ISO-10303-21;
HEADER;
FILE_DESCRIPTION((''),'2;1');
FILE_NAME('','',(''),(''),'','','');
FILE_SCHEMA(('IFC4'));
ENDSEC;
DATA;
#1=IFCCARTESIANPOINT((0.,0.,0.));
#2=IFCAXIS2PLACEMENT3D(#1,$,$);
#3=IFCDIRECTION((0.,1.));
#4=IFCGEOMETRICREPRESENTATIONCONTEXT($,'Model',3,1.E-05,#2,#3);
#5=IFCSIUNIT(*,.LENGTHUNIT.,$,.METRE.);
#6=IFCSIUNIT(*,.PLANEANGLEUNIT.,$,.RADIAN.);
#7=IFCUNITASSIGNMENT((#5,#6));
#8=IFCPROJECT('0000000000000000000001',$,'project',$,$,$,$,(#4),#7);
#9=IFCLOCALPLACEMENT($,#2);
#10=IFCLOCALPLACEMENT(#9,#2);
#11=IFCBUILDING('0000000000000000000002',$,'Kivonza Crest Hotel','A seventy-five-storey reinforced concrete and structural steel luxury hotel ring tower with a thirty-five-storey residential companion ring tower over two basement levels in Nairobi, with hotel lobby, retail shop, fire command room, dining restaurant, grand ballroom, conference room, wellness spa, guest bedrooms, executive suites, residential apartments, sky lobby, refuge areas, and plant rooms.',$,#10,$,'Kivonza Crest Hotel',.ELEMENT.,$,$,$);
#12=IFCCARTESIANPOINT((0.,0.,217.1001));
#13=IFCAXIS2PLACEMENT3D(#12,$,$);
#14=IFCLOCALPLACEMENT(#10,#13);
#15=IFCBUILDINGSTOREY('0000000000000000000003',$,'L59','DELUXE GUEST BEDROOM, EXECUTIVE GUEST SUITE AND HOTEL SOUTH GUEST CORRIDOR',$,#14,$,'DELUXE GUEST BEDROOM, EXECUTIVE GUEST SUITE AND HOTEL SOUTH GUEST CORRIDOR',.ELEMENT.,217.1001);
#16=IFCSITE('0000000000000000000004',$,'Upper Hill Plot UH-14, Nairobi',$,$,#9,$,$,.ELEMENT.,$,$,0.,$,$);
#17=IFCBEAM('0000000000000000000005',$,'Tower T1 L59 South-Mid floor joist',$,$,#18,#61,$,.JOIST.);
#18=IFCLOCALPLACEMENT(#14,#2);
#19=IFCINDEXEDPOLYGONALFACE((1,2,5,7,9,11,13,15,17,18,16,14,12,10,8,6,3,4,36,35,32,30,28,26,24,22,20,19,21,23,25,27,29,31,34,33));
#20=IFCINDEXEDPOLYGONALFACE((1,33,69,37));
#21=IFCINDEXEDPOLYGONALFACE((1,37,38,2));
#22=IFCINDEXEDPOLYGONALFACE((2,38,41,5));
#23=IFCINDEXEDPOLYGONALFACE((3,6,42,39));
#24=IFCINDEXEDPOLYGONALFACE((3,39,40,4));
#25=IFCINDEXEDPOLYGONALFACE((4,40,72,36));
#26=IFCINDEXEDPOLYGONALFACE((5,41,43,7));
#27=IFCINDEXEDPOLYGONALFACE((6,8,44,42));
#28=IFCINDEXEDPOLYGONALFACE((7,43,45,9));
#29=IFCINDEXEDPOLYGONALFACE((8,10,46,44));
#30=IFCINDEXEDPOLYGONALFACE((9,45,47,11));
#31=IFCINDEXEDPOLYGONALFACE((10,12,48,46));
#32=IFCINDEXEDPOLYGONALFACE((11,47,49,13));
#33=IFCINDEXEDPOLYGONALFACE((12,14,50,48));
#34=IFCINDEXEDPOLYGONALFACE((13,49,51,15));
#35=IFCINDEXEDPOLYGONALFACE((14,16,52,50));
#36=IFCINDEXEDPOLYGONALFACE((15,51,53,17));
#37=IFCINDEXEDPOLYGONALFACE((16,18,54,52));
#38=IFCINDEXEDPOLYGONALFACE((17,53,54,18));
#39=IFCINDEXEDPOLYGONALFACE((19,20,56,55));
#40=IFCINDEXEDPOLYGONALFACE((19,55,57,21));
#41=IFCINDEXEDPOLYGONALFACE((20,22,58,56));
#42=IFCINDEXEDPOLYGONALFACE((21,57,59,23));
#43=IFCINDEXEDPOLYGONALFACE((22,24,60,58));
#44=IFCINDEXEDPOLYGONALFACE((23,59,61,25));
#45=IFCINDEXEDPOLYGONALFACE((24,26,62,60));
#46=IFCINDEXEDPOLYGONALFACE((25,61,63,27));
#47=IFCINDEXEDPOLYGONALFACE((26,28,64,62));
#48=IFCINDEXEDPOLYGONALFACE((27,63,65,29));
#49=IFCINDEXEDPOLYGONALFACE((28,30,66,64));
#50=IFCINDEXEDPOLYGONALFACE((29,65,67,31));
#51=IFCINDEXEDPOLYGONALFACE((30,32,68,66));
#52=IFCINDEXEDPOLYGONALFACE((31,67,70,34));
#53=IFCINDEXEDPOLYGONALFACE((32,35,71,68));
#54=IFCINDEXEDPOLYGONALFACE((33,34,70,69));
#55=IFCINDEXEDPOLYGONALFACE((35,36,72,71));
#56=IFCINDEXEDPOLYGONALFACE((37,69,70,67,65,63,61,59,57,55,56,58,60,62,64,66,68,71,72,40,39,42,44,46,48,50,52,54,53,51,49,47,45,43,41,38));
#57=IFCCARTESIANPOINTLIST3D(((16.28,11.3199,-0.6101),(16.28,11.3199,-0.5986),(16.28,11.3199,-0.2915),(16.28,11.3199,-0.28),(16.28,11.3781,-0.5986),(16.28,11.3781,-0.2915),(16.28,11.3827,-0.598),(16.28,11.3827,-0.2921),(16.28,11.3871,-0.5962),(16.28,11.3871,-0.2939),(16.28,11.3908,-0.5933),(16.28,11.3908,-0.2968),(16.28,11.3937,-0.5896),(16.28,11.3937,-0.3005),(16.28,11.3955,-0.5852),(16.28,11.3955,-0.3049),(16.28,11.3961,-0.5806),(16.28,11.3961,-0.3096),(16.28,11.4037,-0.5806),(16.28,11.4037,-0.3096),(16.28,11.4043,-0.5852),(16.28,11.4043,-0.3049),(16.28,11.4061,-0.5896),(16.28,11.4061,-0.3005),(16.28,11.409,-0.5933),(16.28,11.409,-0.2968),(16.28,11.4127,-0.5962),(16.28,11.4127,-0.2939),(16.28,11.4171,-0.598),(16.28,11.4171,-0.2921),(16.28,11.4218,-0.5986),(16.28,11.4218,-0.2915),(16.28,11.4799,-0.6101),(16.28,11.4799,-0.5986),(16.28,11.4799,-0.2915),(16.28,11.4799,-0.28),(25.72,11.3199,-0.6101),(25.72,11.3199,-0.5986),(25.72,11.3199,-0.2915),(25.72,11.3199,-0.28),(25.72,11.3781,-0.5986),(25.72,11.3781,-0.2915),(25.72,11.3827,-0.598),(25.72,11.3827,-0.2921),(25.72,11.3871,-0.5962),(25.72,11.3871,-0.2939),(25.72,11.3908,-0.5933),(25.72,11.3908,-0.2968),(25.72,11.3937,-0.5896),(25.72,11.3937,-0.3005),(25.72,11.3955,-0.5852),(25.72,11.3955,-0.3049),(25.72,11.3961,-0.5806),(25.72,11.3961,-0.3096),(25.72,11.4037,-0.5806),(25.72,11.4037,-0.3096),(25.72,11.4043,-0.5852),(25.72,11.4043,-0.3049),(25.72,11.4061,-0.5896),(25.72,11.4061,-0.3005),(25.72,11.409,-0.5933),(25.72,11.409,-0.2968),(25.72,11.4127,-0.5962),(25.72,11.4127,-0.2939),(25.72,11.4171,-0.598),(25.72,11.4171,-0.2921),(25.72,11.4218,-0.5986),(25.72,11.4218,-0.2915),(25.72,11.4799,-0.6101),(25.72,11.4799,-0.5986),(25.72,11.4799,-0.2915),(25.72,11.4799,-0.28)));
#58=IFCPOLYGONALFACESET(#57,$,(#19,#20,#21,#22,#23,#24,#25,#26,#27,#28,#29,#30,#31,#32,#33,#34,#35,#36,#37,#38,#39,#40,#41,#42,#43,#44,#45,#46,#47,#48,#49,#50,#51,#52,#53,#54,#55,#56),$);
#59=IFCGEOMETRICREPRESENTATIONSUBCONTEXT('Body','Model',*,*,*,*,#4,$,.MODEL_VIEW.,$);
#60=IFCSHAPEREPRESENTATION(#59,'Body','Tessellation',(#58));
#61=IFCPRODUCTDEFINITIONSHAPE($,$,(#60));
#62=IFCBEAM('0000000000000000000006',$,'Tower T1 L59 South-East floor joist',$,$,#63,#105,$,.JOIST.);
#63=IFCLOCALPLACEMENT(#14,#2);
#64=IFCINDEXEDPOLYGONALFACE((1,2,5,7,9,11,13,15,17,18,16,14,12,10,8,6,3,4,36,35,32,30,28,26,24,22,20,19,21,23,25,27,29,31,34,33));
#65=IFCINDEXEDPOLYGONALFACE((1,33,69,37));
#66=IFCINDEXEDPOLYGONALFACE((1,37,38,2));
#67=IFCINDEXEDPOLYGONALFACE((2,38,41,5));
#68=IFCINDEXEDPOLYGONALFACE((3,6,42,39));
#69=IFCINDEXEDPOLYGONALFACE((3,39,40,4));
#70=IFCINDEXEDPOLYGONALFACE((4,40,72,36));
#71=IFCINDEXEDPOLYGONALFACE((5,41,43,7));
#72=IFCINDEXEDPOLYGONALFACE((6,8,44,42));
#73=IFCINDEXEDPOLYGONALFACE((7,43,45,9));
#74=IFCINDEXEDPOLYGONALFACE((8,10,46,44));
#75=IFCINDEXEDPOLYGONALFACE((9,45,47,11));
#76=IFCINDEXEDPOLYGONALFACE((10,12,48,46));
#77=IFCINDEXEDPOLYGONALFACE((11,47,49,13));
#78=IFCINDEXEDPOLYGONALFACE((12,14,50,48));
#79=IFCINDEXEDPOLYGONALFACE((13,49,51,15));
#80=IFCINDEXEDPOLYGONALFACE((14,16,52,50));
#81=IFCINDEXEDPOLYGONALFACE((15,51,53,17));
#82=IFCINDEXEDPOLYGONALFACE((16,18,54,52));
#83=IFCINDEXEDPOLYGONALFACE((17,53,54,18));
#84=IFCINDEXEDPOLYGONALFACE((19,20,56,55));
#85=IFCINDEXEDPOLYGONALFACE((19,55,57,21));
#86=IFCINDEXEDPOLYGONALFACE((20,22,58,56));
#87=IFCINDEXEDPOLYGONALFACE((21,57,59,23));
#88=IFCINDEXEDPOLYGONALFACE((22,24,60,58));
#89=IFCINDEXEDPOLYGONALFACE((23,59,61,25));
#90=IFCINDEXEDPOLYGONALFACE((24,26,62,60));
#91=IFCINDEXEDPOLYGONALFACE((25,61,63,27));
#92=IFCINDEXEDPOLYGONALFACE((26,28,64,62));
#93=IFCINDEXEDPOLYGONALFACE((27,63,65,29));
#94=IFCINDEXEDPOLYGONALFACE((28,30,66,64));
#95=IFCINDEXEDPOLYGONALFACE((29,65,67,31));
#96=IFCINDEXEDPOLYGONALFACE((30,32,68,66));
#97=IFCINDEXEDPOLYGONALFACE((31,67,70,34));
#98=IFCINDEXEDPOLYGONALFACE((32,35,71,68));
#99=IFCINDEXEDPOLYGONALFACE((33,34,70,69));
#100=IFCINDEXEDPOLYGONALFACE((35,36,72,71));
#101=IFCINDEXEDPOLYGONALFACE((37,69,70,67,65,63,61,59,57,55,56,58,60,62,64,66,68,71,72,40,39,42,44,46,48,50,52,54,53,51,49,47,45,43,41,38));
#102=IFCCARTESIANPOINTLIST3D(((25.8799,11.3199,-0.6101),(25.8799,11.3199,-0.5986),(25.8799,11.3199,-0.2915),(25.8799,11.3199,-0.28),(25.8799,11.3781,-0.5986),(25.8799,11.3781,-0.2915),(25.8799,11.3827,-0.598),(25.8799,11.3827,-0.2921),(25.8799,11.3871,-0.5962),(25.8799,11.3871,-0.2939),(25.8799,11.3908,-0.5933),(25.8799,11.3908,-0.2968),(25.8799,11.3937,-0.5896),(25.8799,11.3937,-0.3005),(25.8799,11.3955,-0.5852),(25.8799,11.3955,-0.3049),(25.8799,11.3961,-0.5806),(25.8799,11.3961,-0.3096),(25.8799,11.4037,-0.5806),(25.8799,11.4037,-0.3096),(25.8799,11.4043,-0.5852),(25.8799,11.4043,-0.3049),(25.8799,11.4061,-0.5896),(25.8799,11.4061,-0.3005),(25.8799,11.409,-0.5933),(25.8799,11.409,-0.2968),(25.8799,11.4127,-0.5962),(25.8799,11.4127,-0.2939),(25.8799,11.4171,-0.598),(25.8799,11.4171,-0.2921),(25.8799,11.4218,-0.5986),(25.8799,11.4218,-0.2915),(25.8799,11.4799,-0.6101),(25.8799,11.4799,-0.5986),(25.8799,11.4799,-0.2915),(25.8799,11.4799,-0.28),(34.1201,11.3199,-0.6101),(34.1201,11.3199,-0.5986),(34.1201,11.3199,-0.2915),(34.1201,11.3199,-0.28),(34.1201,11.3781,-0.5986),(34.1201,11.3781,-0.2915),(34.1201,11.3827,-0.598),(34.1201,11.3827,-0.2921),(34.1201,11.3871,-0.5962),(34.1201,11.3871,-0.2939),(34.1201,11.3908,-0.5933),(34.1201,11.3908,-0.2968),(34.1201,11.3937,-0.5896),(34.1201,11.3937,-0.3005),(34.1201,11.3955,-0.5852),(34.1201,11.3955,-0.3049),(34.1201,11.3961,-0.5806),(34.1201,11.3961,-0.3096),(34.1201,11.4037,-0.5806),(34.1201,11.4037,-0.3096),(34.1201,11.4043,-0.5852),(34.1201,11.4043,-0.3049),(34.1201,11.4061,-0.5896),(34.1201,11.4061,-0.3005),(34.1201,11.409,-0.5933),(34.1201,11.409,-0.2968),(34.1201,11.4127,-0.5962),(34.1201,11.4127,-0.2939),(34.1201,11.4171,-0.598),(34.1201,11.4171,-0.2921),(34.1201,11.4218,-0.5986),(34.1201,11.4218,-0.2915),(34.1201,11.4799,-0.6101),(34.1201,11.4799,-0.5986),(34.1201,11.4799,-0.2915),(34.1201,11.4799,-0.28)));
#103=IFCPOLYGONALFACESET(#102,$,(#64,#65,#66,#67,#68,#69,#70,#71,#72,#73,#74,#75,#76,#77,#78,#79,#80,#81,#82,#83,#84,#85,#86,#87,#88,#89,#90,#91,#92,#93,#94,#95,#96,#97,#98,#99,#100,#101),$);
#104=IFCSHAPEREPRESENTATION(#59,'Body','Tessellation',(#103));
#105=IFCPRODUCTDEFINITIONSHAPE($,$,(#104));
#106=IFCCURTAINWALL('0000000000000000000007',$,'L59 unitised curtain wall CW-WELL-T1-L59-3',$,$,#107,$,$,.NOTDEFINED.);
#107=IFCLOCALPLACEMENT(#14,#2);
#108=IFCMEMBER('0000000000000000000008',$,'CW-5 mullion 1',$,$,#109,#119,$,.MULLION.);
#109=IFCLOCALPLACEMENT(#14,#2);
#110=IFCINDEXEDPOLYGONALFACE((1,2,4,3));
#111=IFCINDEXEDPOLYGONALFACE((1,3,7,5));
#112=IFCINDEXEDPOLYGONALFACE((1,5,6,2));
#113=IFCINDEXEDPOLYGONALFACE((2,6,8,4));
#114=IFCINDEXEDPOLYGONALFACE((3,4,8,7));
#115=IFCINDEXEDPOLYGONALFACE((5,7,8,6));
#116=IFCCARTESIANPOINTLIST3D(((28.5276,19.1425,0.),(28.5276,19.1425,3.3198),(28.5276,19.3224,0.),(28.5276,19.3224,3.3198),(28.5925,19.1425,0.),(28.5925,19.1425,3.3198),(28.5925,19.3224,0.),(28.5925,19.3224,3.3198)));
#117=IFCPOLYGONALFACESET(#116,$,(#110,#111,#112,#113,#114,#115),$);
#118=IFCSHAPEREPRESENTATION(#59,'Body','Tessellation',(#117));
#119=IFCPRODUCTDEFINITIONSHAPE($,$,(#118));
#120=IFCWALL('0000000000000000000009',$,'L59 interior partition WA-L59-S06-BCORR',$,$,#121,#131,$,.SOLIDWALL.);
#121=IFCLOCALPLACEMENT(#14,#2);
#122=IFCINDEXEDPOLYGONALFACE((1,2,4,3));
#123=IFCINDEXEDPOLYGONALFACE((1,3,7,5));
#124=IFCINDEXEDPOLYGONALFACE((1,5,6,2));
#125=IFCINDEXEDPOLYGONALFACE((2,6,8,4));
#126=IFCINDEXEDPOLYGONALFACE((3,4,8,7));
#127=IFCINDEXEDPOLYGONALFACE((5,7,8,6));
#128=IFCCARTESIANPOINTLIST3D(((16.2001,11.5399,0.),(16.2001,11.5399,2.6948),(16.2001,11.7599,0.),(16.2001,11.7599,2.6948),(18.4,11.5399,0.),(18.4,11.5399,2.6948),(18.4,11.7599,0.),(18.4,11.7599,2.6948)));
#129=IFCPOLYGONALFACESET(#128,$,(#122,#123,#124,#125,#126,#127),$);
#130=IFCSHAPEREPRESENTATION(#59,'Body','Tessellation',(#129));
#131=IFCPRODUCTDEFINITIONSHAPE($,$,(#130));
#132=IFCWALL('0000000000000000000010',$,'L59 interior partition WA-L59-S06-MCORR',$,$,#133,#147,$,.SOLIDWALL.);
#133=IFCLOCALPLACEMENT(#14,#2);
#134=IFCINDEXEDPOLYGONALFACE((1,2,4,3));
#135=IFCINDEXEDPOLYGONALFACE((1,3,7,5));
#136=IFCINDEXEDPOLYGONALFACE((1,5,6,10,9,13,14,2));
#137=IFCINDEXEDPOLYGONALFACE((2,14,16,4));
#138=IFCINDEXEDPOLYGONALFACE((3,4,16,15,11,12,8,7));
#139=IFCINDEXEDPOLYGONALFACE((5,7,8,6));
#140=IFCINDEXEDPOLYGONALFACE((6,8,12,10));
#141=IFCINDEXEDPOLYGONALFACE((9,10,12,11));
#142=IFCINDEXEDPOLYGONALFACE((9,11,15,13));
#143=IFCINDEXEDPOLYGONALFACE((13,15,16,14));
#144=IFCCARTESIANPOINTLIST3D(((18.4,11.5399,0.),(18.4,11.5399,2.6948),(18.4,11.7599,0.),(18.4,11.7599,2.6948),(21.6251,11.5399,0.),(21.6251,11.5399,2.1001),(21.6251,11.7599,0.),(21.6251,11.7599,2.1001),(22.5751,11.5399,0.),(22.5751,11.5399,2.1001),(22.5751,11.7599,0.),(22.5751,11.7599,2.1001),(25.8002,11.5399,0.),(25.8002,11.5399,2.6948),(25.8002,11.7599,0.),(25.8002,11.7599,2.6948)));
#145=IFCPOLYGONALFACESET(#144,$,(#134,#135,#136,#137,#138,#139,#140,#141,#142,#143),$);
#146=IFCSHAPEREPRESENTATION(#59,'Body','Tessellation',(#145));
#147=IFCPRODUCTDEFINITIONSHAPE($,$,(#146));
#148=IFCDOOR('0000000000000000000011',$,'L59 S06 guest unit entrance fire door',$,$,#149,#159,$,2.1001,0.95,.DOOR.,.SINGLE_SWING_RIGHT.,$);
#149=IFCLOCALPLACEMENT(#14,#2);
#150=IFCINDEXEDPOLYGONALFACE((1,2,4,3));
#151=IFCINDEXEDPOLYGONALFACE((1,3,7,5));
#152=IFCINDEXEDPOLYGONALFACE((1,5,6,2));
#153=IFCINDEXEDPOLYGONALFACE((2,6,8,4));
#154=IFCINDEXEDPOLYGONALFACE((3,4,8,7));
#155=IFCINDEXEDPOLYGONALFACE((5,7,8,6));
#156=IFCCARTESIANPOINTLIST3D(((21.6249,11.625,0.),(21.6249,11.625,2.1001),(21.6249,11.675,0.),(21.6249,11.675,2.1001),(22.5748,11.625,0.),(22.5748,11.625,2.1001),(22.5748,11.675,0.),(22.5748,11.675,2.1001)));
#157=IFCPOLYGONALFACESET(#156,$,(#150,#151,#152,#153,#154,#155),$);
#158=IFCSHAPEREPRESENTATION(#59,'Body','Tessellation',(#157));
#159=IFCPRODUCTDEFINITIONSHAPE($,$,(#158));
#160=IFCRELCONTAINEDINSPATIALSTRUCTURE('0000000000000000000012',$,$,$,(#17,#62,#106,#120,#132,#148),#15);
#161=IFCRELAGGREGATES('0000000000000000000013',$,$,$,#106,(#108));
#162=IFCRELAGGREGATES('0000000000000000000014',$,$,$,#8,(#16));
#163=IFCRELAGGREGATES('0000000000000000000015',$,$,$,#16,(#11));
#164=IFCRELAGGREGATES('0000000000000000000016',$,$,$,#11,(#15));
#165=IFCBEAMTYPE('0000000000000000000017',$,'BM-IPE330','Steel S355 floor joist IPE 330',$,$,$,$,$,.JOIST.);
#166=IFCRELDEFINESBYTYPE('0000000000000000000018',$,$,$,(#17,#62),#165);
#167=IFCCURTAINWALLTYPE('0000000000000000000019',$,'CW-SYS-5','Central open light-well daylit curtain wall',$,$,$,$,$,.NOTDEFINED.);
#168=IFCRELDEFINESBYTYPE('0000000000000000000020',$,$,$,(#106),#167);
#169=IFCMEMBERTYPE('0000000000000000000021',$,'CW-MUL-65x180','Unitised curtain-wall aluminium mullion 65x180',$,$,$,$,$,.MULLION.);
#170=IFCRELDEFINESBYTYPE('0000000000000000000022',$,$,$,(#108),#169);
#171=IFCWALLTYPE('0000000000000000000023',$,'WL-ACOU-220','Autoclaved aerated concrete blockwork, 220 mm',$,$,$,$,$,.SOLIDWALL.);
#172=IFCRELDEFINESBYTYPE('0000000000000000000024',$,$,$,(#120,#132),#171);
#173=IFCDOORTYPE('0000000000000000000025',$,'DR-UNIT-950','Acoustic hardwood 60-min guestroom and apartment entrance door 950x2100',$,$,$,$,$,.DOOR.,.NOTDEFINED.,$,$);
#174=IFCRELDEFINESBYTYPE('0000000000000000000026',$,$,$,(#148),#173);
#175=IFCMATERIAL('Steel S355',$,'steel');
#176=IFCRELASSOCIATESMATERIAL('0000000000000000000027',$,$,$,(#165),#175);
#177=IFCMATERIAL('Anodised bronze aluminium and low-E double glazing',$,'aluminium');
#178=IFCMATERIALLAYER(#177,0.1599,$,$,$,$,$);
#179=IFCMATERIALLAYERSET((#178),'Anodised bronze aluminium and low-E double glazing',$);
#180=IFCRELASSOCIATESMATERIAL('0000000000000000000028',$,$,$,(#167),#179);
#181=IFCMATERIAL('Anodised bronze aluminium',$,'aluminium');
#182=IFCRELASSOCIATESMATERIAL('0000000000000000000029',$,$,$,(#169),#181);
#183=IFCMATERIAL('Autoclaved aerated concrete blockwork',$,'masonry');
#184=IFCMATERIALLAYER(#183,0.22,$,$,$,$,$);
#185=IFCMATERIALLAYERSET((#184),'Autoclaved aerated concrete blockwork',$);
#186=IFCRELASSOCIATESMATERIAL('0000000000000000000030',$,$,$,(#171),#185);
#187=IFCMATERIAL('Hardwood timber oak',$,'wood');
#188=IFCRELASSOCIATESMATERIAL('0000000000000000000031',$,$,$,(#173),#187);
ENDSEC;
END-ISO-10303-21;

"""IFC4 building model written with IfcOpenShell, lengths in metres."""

from ifc_helpers import new_model, si_unit, direction, frame, frame_2d, origin, origin_2d, place, context, subcontext, project, spatial, rectangle, i_section, extrude, material, layer, layer_set, material_profile, profile_set, type_object, element, fill, aggregate, save


model = new_model("IFC4")

# Units and contexts
model_context = context("Model", 3, precision=1e-05, world=origin(), true_north=direction((0.0, 1.0)))
body_context = subcontext(model_context, "Body", "Model", "MODEL_VIEW")
ifc_project = project(units=[si_unit("LENGTHUNIT", "METRE"), si_unit("PLANEANGLEUNIT", "RADIAN")], contexts=[model_context])

# Site, building, storey
site_placement = place(None, origin())
site = spatial("IfcSite", under=ifc_project, at=site_placement, Name="Upper Hill Plot UH-14, Nairobi", CompositionType="ELEMENT", RefElevation=0.0)
building_placement = place(site_placement, origin())
building = spatial("IfcBuilding", under=site, at=building_placement, Name="Kivonza Crest Hotel", Description="A seventy-five-storey reinforced concrete and structural steel luxury hotel ring tower with a thirty-five-storey residential companion ring tower over two basement levels in Nairobi, with hotel lobby, retail shop, fire command room, dining restaurant, grand ballroom, conference room, wellness spa, guest bedrooms, executive suites, residential apartments, sky lobby, refuge areas, and plant rooms.", LongName="Kivonza Crest Hotel", CompositionType="ELEMENT")
storey_placement = place(building_placement, frame((0.0, 0.0, 217.1001)))
storey = spatial("IfcBuildingStorey", under=building, at=storey_placement, Name="L59", Description="DELUXE GUEST BEDROOM, EXECUTIVE GUEST SUITE AND HOTEL SOUTH GUEST CORRIDOR", LongName="DELUXE GUEST BEDROOM, EXECUTIVE GUEST SUITE AND HOTEL SOUTH GUEST CORRIDOR", CompositionType="ELEMENT", Elevation=217.1001)

# Beams
ifc_material_1 = material(Name="Steel S355", Category="steel")
ifc_material_profile_1 = material_profile(ifc_material_1, i_section(OverallWidth=0.1599, OverallDepth=0.3301, WebThickness=0.0076, FlangeThickness=0.0115, FilletRadius=0.0181, at=origin_2d()), Name="IPE 330")
ifc_profile_set_1 = profile_set([ifc_material_profile_1], Name="Steel S355")
beam_type = type_object("IfcBeamType", Name="BM-IPE330", Description="Steel S355 floor joist IPE 330", PredefinedType="JOIST", material=ifc_profile_set_1)
beam_1_placement = place(storey_placement, frame((16.28, 11.3999, -0.4451), z_axis=(1.0, 0.0, 0.0), x_axis=(0.0, 1.0, 0.0)))
element("IfcBeam", 1, at=beam_1_placement, inside=storey, type_object=beam_type, Name="Tower T1 L59 South-Mid floor joist", PredefinedType="JOIST", context=body_context, shape_type="SweptSolid", body=[
    extrude(i_section(OverallWidth=0.1599, OverallDepth=0.3301, WebThickness=0.0076, FlangeThickness=0.0115, FilletRadius=0.0181, at=origin_2d()), origin(), (0.0, 0.0, 1.0), 9.4399),
])
beam_2_placement = place(storey_placement, frame((25.8799, 11.3999, -0.4451), z_axis=(1.0, 0.0, 0.0), x_axis=(0.0, 1.0, 0.0)))
element("IfcBeam", 2, at=beam_2_placement, inside=storey, type_object=beam_type, Name="Tower T1 L59 South-East floor joist", PredefinedType="JOIST", context=body_context, shape_type="SweptSolid", body=[
    extrude(i_section(OverallWidth=0.1599, OverallDepth=0.3301, WebThickness=0.0076, FlangeThickness=0.0115, FilletRadius=0.0181, at=origin_2d()), origin(), (0.0, 0.0, 1.0), 8.2402),
])

# Curtain wall, member
ifc_material_2 = material(Name="Anodised bronze aluminium and low-E double glazing", Category="aluminium")
ifc_layer_1 = layer(ifc_material_2, 0.1599)
ifc_layer_set_1 = layer_set([ifc_layer_1], Name="Anodised bronze aluminium and low-E double glazing")
curtain_wall_type = type_object("IfcCurtainWallType", Name="CW-SYS-5", Description="Central open light-well daylit curtain wall", PredefinedType="NOTDEFINED", material=ifc_layer_set_1)
curtain_wall_placement = place(storey_placement, origin())
curtain_wall = element("IfcCurtainWall", 3, at=curtain_wall_placement, inside=storey, type_object=curtain_wall_type, Name="L59 unitised curtain wall CW-WELL-T1-L59-3", PredefinedType="NOTDEFINED")
ifc_material_3 = material(Name="Anodised bronze aluminium", Category="aluminium")
ifc_material_profile_2 = material_profile(ifc_material_3, rectangle(XDim=0.0649, YDim=0.1799, at=origin_2d()), Name="CW-M 65x180")
ifc_profile_set_2 = profile_set([ifc_material_profile_2], Name="Anodised bronze aluminium")
member_type = type_object("IfcMemberType", Name="CW-MUL-65x180", Description="Unitised curtain-wall aluminium mullion 65x180", PredefinedType="MULLION", material=ifc_profile_set_2)
member_placement = place(storey_placement, frame((28.5601, 19.2324, 0.0), z_axis=(0.0, 0.0, 1.0), x_axis=(-1.0, 0.0, 0.0)))
member = element("IfcMember", 4, at=member_placement, type_object=member_type, Name="CW-5 mullion 1", PredefinedType="MULLION", context=body_context, shape_type="SweptSolid", body=[
    extrude(rectangle(XDim=0.0649, YDim=0.1799, at=origin_2d()), origin(), (0.0, 0.0, 1.0), 3.3198),
])
aggregate(curtain_wall, [member])

# Wall
ifc_material_4 = material(Name="Autoclaved aerated concrete blockwork", Category="masonry")
ifc_layer_2 = layer(ifc_material_4, 0.22)
ifc_layer_set_2 = layer_set([ifc_layer_2], Name="Autoclaved aerated concrete blockwork")
wall_type_1 = type_object("IfcWallType", Name="WL-ACOU-220", Description="Autoclaved aerated concrete blockwork, 220 mm", PredefinedType="SOLIDWALL", material=ifc_layer_set_2)
wall_1_placement = place(storey_placement, frame((16.2, 11.6499, 0.0), z_axis=(0.0, 0.0, 1.0), x_axis=(1.0, 0.0, 0.0)))
element("IfcWall", 5, at=wall_1_placement, inside=storey, type_object=wall_type_1, Name="L59 interior partition WA-L59-S06-BCORR", PredefinedType="SOLIDWALL", context=body_context, shape_type="SweptSolid", body=[
    extrude(rectangle(XDim=2.2, YDim=0.22, at=frame_2d((1.1001, 0.0))), origin(), (0.0, 0.0, 1.0), 2.6948),
])

# Wall, opening, door
wall_2_placement = place(storey_placement, frame((18.3999, 11.6499, 0.0), z_axis=(0.0, 0.0, 1.0), x_axis=(1.0, 0.0, 0.0)))
wall_2 = element("IfcWall", 6, at=wall_2_placement, inside=storey, type_object=wall_type_1, Name="L59 interior partition WA-L59-S06-MCORR", PredefinedType="SOLIDWALL", context=body_context, shape_type="SweptSolid", body=[
    extrude(rectangle(XDim=7.4001, YDim=0.22, at=frame_2d((3.7002, 0.0))), origin(), (0.0, 0.0, 1.0), 2.6948),
])
opening_1_placement = place(wall_2_placement, frame((3.2251, 0.0, 0.0)))
opening_1 = element("IfcOpeningElement", 7, at=opening_1_placement, cuts=wall_2, PredefinedType="OPENING", context=body_context, shape_type="SweptSolid", body=[
    extrude(rectangle(XDim=0.95, YDim=2.1001, at=frame_2d((0.4751, 1.05))), frame((0.0, 0.1201, 0.0), z_axis=(0.0, -1.0, 0.0), x_axis=(1.0, 0.0, 0.0)), (0.0, 0.0, 1.0), 0.24),
])
ifc_material_5 = material(Name="Hardwood timber oak", Category="wood")
door_type_1 = type_object("IfcDoorType", Name="DR-UNIT-950", Description="Acoustic hardwood 60-min guestroom and apartment entrance door 950x2100", OperationType="NOTDEFINED", PredefinedType="DOOR", material=ifc_material_5)
door_1_placement = place(opening_1_placement, frame((0.95, 0.0, 0.0), z_axis=(0.0, 0.0, 1.0), x_axis=(-1.0, 0.0, 0.0)))
door_1 = element("IfcDoor", 8, at=door_1_placement, inside=storey, type_object=door_type_1, Name="L59 S06 guest unit entrance fire door", OperationType="SINGLE_SWING_RIGHT", OverallHeight=2.1001, OverallWidth=0.95, PredefinedType="DOOR", context=body_context, shape_type="SweptSolid", body=[
    extrude(rectangle(XDim=0.95, YDim=2.1001, at=frame_2d((0.4751, 1.05))), frame((0.0, 0.0249, 0.0), z_axis=(0.0, -1.0, 0.0), x_axis=(1.0, 0.0, 0.0)), (0.0, 0.0, 1.0), 0.05),
])
fill(opening_1, door_1)

save(model, "model.ifc")
